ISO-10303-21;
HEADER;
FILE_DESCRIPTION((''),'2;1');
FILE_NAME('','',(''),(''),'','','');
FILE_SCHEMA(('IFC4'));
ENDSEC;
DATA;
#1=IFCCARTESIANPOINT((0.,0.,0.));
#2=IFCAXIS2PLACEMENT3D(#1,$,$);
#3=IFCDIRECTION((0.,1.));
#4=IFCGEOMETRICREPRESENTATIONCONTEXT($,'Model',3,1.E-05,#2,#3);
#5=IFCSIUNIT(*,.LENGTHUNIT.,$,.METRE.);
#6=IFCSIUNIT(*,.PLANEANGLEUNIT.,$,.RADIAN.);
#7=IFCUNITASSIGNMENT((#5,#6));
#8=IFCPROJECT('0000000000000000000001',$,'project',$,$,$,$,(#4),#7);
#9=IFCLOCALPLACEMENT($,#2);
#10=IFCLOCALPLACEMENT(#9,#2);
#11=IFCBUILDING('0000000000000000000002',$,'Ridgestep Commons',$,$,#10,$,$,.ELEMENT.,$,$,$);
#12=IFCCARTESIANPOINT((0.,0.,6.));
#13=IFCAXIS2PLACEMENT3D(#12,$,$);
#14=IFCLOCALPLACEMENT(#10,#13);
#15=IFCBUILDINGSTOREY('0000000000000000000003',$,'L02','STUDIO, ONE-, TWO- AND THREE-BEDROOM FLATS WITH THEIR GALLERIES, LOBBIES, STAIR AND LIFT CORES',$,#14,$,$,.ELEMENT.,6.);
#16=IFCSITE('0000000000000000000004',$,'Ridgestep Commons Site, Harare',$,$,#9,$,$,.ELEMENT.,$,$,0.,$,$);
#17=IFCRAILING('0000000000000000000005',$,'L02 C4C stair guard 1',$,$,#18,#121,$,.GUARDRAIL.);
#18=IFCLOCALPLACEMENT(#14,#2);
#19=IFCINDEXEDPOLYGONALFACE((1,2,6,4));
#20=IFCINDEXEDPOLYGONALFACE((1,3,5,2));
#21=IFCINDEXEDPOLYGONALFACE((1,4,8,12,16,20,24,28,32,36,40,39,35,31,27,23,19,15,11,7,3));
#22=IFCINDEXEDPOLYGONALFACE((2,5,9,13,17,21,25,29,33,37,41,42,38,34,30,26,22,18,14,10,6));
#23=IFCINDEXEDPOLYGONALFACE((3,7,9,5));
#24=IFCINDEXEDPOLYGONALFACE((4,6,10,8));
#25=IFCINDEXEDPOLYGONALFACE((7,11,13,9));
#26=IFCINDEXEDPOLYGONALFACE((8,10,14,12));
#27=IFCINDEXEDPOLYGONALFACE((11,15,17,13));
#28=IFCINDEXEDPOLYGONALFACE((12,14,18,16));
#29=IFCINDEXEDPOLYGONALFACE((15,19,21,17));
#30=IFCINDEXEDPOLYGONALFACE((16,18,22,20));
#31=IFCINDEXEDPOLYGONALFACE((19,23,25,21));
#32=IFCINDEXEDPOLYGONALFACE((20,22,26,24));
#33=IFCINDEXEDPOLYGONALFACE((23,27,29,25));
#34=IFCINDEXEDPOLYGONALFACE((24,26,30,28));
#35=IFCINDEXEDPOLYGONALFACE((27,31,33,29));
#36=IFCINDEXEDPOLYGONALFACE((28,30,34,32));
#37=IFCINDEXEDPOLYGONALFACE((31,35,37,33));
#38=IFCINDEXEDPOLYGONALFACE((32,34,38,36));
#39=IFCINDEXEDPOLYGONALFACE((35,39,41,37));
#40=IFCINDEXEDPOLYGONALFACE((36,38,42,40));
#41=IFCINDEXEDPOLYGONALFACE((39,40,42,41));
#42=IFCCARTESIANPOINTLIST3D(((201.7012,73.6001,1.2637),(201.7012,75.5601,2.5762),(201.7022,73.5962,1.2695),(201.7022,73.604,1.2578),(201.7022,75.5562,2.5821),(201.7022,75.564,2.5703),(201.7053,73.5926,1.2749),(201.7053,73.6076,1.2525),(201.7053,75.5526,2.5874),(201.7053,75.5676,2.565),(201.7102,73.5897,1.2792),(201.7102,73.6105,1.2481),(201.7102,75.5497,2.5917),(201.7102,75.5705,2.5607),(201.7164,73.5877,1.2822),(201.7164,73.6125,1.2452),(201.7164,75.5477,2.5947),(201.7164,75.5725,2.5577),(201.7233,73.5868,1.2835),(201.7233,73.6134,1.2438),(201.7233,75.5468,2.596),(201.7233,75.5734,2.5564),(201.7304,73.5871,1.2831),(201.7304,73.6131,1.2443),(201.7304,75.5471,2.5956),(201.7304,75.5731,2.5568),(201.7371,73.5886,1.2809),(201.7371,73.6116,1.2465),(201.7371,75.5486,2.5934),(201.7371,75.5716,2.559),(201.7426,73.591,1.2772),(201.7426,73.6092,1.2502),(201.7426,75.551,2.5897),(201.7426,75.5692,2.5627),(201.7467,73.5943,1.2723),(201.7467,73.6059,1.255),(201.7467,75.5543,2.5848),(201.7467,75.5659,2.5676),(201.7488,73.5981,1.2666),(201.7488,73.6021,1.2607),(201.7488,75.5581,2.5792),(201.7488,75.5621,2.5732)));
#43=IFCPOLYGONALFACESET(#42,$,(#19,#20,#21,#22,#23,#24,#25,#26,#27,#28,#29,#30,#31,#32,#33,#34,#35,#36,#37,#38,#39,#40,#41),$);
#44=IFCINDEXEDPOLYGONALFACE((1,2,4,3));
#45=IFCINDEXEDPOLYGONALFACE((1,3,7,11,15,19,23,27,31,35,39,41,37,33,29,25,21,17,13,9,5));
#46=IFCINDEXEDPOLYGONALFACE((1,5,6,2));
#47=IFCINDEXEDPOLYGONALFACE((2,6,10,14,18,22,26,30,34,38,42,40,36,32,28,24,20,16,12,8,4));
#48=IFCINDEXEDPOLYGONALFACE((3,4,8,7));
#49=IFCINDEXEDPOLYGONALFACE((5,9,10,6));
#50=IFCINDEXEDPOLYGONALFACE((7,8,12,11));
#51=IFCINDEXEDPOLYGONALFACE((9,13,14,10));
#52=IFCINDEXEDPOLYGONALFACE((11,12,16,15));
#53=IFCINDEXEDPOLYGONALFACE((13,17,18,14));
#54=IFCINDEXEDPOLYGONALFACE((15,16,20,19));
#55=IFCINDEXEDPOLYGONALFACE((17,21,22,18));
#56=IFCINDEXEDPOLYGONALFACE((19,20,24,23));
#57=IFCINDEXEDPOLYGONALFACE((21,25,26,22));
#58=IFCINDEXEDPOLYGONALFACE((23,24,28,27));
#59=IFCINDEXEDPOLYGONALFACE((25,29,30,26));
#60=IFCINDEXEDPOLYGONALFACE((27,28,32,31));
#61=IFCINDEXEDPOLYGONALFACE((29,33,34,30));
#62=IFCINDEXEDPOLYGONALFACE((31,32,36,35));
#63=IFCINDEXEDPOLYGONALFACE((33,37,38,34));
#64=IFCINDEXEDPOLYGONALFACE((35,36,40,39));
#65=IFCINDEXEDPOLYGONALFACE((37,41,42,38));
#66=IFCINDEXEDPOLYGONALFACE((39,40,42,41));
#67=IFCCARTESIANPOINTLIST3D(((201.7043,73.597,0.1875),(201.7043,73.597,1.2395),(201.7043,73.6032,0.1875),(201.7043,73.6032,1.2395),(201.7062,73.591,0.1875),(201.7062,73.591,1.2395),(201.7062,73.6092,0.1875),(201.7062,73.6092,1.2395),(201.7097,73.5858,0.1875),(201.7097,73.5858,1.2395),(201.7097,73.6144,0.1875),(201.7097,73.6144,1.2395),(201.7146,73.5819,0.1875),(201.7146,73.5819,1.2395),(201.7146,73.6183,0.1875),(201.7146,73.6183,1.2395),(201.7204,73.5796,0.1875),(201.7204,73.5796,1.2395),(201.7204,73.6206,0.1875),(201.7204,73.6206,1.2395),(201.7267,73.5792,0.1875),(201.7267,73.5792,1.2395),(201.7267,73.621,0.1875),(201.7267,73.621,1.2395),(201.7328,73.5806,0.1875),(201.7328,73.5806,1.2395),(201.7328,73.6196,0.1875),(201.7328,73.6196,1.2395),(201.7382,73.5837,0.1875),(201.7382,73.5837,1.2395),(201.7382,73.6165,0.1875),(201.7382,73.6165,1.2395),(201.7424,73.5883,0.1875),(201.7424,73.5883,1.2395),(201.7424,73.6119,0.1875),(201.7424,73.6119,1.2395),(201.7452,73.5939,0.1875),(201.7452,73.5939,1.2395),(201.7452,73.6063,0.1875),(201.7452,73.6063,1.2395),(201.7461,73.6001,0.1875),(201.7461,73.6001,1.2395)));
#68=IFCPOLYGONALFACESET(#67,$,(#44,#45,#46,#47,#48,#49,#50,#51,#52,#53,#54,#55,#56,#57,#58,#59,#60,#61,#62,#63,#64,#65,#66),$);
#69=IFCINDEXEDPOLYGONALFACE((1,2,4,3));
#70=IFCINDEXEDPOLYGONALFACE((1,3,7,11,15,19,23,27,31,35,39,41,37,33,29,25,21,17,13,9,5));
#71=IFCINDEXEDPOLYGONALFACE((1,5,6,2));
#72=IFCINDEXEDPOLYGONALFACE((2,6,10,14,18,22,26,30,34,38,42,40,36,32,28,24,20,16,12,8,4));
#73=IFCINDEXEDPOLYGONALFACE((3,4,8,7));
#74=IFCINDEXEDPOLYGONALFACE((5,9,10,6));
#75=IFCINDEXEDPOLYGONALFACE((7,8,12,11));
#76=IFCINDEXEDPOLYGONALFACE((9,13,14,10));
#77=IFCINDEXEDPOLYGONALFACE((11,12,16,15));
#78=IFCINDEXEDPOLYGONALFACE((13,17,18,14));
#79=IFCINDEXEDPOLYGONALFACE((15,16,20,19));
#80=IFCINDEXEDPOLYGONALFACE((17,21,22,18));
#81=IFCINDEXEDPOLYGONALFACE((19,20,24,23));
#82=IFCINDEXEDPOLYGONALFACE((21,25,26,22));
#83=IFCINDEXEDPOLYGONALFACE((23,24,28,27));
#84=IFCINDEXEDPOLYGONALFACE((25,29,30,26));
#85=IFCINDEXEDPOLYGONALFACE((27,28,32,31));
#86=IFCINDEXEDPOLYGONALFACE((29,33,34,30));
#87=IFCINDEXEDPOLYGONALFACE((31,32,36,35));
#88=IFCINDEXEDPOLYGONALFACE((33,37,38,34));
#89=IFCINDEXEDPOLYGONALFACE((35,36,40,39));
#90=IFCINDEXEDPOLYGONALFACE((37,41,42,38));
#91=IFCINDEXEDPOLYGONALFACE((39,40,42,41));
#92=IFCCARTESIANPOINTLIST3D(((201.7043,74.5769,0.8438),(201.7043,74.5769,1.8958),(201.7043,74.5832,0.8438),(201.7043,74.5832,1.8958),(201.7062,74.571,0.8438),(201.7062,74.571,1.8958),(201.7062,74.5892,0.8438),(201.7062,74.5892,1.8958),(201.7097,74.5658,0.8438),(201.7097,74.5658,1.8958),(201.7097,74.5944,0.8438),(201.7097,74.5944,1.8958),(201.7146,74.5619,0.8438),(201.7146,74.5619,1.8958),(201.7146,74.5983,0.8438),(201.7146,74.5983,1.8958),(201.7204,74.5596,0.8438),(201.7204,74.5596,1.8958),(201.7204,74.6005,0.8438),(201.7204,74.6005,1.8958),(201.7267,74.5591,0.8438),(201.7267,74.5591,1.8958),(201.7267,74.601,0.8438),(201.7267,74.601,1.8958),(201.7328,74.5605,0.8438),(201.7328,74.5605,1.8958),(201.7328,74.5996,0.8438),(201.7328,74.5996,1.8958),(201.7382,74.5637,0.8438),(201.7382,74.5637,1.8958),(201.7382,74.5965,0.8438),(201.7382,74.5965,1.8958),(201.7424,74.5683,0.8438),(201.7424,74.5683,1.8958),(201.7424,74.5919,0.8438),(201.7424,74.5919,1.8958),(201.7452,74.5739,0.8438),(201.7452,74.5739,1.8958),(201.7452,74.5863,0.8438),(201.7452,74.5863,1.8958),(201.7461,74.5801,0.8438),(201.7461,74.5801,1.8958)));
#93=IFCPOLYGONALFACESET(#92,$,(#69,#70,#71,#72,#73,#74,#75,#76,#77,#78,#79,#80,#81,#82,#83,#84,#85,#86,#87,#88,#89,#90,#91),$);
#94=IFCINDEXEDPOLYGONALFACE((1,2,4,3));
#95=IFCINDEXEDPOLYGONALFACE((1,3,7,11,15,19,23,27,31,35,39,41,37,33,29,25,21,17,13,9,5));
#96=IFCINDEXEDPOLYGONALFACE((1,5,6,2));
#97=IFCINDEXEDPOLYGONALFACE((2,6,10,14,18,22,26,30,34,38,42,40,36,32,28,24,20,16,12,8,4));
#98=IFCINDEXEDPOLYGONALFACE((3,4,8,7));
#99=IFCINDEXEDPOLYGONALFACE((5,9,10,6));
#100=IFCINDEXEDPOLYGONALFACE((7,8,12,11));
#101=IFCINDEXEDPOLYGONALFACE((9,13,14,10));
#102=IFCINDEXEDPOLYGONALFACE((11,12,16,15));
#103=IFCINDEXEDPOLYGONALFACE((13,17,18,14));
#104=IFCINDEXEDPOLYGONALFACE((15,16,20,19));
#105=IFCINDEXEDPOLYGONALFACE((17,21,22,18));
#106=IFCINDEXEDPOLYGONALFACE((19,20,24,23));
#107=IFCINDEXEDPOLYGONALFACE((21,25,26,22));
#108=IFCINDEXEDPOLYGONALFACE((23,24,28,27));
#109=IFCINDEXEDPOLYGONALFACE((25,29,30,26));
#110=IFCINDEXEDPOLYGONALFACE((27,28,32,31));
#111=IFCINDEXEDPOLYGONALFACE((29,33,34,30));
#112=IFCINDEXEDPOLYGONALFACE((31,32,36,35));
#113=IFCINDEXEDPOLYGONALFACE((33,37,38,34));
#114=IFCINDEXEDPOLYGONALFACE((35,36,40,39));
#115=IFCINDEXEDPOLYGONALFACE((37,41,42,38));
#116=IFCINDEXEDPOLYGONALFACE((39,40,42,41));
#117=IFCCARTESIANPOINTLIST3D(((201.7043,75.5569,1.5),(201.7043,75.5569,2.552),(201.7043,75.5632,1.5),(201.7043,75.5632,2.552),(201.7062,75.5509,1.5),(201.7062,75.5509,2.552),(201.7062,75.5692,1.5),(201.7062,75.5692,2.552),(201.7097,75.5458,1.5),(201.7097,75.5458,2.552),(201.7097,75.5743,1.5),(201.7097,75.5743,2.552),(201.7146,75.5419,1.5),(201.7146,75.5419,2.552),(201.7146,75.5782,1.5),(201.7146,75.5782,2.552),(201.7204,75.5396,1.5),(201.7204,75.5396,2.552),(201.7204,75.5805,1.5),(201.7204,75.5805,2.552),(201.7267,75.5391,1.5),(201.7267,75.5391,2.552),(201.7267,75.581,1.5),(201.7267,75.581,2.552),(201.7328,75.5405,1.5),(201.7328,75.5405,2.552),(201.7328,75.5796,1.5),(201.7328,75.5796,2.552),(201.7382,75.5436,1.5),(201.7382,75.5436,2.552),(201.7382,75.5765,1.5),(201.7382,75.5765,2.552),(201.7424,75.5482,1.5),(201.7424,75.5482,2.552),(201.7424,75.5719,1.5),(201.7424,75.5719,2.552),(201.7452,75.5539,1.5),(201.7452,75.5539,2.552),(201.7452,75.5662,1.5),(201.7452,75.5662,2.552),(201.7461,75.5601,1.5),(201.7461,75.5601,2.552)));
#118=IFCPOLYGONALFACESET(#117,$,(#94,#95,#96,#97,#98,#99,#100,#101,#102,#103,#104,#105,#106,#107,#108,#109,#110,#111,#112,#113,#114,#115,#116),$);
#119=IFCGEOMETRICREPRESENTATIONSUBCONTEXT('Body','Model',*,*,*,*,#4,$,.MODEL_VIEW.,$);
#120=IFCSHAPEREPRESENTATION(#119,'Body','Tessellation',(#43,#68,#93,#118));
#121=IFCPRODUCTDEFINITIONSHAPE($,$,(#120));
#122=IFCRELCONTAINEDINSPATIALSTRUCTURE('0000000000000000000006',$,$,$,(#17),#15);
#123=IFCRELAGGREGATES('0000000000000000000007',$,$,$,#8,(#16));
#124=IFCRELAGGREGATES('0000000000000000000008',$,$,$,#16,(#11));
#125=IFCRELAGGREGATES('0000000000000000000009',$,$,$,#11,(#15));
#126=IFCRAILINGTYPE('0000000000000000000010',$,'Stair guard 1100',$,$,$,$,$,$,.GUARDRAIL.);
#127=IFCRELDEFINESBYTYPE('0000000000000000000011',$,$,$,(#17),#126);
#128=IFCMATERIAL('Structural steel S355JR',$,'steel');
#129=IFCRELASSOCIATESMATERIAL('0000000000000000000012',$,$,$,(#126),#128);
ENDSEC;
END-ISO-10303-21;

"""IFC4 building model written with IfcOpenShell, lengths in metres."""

from ifc_helpers import new_model, si_unit, direction, frame, origin, origin_2d, place, context, subcontext, project, spatial, circle, extrude, material, type_object, element, save


model = new_model("IFC4")

# Units and contexts
model_context = context("Model", 3, precision=1e-05, world=origin(), true_north=direction((0.0, 1.0)))
body_context = subcontext(model_context, "Body", "Model", "MODEL_VIEW")
ifc_project = project(units=[si_unit("LENGTHUNIT", "METRE"), si_unit("PLANEANGLEUNIT", "RADIAN")], contexts=[model_context])

# Site, building, storey
site_placement = place(None, origin())
site = spatial("IfcSite", under=ifc_project, at=site_placement, Name="Ridgestep Commons Site, Harare", CompositionType="ELEMENT", RefElevation=0.0)
building_placement = place(site_placement, origin())
building = spatial("IfcBuilding", under=site, at=building_placement, Name="Ridgestep Commons", CompositionType="ELEMENT")
storey_placement = place(building_placement, frame((0.0, 0.0, 6.0)))
storey = spatial("IfcBuildingStorey", under=building, at=storey_placement, Name="L02", Description="STUDIO, ONE-, TWO- AND THREE-BEDROOM FLATS WITH THEIR GALLERIES, LOBBIES, STAIR AND LIFT CORES", CompositionType="ELEMENT", Elevation=6.0)

# Railing
ifc_material_1 = material(Name="Structural steel S355JR", Category="steel")
railing_type_1 = type_object("IfcRailingType", Name="Stair guard 1100", PredefinedType="GUARDRAIL", material=ifc_material_1)
railing_1_placement = place(storey_placement, frame((201.7251, 73.6001, 0.1875)))
element("IfcRailing", 1, at=railing_1_placement, inside=storey, type_object=railing_type_1, Name="L02 C4C stair guard 1", PredefinedType="GUARDRAIL", context=body_context, shape_type="SweptSolid", body=[
    extrude(circle(Radius=0.0239, at=origin_2d()), frame((0.0, 0.0, 1.0762), z_axis=(0.0, 0.830902, 0.556419), x_axis=(-1.0, 0.0, 0.0)), (0.0, 0.0, 1.0), 2.3589),
    extrude(circle(Radius=0.021, at=origin_2d()), origin(), (0.0, 0.0, 1.0), 1.052),
    extrude(circle(Radius=0.021, at=origin_2d()), frame((0.0, 0.98, 0.6562)), (0.0, 0.0, 1.0), 1.052),
    extrude(circle(Radius=0.021, at=origin_2d()), frame((0.0, 1.96, 1.3125)), (0.0, 0.0, 1.0), 1.052),
])

save(model, "model.ifc")
